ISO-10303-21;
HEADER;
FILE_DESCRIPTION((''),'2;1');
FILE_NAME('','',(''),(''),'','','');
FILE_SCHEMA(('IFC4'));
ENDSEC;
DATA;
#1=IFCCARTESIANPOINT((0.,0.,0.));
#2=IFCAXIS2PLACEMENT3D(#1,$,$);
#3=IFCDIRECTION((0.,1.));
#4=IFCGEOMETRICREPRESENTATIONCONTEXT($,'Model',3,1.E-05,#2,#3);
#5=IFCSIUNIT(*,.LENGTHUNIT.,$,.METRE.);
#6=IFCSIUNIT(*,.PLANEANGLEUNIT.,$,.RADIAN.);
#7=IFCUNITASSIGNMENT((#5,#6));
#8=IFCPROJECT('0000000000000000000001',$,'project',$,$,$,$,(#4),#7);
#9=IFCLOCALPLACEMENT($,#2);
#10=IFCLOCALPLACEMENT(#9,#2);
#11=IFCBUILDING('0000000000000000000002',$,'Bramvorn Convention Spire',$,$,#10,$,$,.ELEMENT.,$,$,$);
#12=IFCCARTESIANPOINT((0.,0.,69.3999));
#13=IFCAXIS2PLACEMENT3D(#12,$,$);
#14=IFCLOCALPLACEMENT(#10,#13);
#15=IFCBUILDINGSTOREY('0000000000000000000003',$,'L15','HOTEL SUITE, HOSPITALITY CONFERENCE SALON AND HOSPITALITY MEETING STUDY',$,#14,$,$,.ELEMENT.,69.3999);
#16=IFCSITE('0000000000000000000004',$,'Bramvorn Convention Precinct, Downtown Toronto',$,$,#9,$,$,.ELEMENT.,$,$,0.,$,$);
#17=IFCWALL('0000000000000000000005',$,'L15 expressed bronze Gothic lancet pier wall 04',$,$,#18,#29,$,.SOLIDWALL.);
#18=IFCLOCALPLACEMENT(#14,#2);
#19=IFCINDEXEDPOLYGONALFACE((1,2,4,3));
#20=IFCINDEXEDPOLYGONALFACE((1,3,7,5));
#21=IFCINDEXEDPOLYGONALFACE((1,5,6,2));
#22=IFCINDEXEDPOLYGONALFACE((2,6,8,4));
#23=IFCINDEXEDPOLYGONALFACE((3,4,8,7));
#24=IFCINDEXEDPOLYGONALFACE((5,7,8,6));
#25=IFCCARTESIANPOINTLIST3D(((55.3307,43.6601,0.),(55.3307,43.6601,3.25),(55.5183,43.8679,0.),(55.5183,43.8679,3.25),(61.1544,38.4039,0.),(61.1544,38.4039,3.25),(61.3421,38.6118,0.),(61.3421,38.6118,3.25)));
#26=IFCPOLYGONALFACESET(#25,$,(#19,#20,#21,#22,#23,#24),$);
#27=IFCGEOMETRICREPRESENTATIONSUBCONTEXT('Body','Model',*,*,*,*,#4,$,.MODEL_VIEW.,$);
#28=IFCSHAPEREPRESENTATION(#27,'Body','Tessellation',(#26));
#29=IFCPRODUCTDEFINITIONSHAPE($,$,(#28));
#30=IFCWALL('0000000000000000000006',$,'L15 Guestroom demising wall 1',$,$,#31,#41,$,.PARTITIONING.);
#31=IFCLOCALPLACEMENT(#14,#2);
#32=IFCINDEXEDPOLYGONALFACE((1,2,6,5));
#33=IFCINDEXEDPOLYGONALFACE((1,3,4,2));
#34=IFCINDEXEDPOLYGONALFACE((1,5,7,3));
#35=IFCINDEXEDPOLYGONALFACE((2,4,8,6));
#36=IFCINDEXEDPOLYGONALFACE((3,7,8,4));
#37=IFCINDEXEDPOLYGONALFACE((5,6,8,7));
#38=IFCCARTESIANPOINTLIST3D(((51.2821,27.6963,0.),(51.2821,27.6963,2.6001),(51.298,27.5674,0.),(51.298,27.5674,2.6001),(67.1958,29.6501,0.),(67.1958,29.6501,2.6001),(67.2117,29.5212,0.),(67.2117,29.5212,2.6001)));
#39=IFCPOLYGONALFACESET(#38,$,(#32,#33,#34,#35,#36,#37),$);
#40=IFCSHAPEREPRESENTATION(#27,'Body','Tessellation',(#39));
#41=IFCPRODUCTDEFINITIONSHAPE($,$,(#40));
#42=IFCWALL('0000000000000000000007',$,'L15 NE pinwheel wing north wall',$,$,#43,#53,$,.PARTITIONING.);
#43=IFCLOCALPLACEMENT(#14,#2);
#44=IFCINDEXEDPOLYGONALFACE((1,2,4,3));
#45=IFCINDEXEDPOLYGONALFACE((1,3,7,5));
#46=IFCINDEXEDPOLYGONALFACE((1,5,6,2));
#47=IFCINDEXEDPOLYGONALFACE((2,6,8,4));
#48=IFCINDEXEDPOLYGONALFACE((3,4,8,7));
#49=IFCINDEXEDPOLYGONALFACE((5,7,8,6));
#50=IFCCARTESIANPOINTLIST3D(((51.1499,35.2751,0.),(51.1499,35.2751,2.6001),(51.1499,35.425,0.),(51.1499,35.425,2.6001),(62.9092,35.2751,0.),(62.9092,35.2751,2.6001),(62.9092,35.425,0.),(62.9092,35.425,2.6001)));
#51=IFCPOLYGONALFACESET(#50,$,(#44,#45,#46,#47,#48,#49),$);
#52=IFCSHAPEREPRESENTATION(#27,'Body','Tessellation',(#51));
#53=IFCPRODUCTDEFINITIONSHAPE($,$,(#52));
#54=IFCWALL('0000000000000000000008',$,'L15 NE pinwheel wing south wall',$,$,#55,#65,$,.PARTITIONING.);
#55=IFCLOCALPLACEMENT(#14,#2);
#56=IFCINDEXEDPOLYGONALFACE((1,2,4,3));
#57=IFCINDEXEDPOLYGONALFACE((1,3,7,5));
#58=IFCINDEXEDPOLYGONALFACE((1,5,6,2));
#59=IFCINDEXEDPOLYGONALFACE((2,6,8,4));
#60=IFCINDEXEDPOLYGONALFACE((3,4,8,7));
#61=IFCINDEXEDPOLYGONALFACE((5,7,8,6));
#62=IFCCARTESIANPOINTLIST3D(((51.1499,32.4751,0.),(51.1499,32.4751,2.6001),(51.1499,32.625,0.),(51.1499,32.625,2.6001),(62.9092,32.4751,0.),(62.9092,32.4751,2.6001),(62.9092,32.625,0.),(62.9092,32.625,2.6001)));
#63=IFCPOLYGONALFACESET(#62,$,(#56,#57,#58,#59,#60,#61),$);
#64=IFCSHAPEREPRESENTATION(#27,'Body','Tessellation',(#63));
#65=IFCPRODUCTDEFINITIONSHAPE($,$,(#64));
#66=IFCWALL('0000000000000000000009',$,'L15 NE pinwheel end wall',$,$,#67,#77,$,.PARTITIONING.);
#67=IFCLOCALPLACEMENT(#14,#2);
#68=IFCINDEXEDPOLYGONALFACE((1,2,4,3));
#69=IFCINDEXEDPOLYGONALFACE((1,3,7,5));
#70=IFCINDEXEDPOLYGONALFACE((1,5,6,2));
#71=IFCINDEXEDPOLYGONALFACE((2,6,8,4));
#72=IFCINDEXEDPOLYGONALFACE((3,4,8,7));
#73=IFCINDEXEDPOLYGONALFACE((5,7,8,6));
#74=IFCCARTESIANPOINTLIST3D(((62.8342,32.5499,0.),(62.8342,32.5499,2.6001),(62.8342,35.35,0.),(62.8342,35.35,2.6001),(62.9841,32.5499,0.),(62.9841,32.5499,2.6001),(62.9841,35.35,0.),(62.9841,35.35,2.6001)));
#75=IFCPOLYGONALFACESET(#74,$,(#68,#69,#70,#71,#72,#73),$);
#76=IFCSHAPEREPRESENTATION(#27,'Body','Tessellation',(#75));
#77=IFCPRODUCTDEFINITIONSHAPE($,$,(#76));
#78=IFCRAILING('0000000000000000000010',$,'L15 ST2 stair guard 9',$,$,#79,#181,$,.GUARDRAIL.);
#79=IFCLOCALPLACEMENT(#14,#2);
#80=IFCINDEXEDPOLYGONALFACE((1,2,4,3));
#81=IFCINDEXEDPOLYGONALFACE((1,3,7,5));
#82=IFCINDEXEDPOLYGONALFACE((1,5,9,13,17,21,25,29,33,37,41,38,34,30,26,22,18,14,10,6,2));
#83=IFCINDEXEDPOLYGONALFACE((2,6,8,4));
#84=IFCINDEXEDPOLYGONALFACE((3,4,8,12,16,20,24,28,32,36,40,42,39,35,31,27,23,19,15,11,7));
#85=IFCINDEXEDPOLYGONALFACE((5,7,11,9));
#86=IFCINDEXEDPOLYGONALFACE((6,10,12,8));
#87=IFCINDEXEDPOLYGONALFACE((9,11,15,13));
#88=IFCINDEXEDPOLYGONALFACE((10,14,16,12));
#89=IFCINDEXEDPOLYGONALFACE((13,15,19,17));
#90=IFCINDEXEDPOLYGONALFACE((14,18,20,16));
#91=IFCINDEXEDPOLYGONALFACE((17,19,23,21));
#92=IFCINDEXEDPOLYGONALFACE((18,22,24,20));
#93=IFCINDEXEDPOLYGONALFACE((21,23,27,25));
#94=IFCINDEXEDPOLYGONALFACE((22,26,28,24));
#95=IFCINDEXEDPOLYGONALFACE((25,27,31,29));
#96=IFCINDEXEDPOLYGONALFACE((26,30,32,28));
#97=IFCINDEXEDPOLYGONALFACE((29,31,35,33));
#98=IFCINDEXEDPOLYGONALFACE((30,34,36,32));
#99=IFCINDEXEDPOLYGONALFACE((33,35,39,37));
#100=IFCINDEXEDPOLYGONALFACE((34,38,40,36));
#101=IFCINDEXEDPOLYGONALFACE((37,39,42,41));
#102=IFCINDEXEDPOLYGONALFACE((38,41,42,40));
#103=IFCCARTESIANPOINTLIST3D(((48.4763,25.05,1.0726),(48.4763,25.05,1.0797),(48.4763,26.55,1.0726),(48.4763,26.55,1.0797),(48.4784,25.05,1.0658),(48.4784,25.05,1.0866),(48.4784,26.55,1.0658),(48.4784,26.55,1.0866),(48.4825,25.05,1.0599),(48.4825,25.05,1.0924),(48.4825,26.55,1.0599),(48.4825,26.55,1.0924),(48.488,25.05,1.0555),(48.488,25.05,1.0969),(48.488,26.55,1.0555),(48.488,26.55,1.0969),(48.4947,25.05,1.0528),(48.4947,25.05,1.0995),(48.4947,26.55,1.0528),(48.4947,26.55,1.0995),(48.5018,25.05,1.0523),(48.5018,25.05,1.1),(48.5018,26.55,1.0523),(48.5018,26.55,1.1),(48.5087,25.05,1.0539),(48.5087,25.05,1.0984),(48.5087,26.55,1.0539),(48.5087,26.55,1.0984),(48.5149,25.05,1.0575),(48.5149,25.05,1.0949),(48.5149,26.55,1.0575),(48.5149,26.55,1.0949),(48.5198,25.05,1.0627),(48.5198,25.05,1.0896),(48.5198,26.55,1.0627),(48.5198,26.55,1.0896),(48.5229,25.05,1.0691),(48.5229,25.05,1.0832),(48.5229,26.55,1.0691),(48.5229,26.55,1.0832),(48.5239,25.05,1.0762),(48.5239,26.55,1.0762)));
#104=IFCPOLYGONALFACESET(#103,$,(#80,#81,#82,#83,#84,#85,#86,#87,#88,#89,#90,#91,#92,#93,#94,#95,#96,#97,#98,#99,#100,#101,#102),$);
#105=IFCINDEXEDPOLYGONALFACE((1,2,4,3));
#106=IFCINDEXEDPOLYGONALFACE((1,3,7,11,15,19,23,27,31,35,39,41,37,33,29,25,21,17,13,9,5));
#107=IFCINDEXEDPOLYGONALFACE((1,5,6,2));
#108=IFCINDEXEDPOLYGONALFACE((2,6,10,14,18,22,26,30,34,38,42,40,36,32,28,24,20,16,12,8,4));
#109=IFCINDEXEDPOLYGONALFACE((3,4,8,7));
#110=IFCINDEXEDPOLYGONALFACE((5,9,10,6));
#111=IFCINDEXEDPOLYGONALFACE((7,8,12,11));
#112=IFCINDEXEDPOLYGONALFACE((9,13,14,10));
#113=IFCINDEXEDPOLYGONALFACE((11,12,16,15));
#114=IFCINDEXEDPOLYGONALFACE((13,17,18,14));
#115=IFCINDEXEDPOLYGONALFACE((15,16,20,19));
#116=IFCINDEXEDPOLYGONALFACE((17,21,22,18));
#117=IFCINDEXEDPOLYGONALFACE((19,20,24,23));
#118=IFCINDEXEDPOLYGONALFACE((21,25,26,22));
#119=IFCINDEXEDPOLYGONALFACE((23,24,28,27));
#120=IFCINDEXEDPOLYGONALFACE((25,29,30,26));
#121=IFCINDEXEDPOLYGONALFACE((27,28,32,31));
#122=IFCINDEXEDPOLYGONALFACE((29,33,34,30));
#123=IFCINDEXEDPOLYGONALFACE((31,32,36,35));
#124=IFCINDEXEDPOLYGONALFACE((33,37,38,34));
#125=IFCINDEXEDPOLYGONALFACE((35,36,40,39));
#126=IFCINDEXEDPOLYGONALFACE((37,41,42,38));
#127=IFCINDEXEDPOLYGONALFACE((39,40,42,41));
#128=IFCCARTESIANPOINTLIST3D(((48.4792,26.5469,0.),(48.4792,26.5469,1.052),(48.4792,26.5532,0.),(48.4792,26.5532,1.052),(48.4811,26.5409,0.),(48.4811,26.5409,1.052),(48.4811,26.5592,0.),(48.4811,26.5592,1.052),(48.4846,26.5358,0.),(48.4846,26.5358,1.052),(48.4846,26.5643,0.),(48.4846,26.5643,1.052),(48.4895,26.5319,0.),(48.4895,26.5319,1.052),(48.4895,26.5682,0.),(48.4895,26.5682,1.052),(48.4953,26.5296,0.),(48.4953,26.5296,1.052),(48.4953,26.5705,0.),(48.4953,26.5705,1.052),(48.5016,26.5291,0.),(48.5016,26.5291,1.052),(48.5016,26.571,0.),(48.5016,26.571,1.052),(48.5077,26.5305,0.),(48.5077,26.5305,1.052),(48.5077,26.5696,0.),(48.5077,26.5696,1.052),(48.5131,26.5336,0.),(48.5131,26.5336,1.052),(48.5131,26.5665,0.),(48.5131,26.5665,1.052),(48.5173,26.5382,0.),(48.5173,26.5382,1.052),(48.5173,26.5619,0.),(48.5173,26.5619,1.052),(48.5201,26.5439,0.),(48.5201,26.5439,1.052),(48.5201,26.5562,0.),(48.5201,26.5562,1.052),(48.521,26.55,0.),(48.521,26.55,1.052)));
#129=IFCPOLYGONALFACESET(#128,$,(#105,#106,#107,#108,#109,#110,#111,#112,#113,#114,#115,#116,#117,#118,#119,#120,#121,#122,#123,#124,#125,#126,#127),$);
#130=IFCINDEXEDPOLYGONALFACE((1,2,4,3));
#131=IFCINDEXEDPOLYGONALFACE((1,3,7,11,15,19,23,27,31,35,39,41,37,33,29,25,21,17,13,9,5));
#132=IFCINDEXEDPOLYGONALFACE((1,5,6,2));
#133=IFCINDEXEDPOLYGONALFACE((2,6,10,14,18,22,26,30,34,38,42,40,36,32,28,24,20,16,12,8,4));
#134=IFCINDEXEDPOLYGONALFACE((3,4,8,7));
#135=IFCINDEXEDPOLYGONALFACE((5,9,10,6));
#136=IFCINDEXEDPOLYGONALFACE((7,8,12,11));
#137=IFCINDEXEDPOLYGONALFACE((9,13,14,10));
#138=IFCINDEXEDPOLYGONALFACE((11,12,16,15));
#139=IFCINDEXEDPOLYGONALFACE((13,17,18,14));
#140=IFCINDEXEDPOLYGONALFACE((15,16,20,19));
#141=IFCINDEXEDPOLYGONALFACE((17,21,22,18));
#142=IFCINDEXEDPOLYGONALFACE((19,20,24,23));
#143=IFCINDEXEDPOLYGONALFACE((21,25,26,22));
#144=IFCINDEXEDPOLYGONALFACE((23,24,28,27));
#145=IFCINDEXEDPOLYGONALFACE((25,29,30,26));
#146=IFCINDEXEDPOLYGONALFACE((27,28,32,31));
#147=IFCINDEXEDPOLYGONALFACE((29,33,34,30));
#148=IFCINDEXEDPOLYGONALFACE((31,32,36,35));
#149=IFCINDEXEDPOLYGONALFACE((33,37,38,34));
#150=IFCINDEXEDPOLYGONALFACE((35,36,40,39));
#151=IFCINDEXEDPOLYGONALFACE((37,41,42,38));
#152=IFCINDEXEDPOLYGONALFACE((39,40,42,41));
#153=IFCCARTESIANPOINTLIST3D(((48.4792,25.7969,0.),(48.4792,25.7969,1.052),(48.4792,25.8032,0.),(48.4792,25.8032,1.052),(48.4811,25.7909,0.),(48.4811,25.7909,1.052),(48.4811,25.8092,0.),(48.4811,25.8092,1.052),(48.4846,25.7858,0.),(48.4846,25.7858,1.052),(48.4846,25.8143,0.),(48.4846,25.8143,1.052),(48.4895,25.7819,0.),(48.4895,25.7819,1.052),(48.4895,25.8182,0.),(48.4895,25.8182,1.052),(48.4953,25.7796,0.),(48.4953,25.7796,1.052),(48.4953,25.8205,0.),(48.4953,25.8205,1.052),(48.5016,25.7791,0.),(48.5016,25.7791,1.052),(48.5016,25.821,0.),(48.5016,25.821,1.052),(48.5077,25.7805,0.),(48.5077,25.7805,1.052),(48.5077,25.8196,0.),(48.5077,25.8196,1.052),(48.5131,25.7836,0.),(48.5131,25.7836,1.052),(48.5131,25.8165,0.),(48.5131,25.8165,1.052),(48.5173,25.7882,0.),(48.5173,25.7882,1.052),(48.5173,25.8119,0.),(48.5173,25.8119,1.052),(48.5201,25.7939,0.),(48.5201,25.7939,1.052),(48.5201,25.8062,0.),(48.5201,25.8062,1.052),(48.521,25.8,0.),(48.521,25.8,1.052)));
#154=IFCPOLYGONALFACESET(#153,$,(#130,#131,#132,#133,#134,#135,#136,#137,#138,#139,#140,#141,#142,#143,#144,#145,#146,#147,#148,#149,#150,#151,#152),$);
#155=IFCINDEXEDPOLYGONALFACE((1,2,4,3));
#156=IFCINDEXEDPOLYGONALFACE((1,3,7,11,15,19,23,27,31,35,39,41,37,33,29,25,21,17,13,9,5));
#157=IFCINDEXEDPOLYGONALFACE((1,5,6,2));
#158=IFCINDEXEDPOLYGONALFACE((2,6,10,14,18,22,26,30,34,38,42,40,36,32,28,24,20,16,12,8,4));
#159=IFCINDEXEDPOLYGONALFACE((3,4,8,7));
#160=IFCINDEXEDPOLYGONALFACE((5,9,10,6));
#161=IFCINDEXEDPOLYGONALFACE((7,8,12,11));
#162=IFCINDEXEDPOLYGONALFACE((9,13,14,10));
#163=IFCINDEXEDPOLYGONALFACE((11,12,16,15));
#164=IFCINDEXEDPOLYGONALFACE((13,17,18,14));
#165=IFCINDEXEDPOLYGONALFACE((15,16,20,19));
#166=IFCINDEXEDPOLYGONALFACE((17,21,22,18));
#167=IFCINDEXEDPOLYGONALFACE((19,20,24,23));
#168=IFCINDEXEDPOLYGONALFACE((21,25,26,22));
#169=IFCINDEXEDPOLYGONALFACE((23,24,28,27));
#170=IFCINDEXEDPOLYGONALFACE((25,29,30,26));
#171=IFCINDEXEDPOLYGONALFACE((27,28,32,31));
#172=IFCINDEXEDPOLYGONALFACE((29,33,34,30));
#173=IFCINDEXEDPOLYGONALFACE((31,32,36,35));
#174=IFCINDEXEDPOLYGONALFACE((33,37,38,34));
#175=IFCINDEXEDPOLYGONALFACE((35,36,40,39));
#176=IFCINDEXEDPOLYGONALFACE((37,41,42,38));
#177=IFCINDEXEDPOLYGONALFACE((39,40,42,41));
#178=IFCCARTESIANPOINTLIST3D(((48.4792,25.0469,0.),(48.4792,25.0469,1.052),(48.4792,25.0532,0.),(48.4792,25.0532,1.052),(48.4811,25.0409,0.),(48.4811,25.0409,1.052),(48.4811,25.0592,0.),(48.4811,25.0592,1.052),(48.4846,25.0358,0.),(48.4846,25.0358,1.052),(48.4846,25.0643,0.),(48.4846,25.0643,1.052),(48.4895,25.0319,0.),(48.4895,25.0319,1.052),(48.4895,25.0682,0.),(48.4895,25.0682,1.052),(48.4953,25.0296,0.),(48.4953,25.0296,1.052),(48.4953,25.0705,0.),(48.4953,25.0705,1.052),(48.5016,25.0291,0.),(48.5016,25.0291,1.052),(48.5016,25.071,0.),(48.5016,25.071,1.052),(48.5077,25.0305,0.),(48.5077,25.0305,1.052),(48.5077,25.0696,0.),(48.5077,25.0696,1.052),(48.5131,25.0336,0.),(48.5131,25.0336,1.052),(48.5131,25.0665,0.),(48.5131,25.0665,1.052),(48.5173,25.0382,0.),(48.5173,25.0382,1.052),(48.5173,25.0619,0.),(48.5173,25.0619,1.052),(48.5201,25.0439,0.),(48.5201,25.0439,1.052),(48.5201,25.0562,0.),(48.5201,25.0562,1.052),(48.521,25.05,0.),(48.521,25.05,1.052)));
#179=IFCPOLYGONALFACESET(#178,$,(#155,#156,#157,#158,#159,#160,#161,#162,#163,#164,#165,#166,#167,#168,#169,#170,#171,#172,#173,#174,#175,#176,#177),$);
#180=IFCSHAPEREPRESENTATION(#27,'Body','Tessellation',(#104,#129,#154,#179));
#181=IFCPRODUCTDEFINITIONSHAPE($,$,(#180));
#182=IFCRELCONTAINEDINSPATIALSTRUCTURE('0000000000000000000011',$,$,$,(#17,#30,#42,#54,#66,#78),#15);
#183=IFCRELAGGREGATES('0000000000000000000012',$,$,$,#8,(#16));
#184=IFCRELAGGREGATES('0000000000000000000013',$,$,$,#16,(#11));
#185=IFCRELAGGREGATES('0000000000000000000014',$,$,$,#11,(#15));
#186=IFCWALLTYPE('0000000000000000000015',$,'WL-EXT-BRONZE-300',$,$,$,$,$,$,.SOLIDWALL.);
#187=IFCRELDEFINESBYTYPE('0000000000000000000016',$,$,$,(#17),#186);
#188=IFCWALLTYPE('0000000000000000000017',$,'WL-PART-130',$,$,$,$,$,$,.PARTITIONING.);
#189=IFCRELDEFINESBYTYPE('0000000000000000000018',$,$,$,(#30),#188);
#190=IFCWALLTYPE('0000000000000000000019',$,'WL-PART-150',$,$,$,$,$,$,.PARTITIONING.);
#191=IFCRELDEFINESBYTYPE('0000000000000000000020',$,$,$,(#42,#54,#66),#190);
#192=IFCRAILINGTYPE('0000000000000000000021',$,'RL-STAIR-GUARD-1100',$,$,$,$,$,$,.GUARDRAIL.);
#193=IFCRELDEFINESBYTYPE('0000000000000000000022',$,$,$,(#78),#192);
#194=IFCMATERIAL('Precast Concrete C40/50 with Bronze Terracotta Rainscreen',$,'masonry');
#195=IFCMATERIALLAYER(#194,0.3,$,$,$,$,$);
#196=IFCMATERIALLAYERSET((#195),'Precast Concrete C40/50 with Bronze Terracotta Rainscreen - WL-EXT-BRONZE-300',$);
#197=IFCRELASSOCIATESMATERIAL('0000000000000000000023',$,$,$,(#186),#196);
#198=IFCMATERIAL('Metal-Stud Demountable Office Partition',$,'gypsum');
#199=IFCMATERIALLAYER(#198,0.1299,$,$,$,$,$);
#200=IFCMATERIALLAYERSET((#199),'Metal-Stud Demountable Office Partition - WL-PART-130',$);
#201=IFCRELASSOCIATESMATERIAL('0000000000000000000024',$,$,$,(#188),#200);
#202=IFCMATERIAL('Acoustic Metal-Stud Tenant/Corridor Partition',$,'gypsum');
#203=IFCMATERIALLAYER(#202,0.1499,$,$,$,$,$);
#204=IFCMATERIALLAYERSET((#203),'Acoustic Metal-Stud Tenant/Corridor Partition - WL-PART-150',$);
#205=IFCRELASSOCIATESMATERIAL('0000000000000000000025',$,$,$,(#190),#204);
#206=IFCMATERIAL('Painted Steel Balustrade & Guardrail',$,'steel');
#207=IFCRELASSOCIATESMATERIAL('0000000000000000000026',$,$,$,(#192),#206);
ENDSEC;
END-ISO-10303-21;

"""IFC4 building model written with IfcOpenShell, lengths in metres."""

from ifc_helpers import new_model, si_unit, direction, frame, frame_2d, origin, origin_2d, place, context, subcontext, project, spatial, rectangle, circle, extrude, material, layer, layer_set, type_object, element, save


model = new_model("IFC4")

# Units and contexts
model_context = context("Model", 3, precision=1e-05, world=origin(), true_north=direction((0.0, 1.0)))
body_context = subcontext(model_context, "Body", "Model", "MODEL_VIEW")
ifc_project = project(units=[si_unit("LENGTHUNIT", "METRE"), si_unit("PLANEANGLEUNIT", "RADIAN")], contexts=[model_context])

# Site, building, storey
site_placement = place(None, origin())
site = spatial("IfcSite", under=ifc_project, at=site_placement, Name="Bramvorn Convention Precinct, Downtown Toronto", CompositionType="ELEMENT", RefElevation=0.0)
building_placement = place(site_placement, origin())
building = spatial("IfcBuilding", under=site, at=building_placement, Name="Bramvorn Convention Spire", CompositionType="ELEMENT")
storey_placement = place(building_placement, frame((0.0, 0.0, 69.3999)))
storey = spatial("IfcBuildingStorey", under=building, at=storey_placement, Name="L15", Description="HOTEL SUITE, HOSPITALITY CONFERENCE SALON AND HOSPITALITY MEETING STUDY", CompositionType="ELEMENT", Elevation=69.3999)

# Walls
ifc_material_1 = material(Name="Precast Concrete C40/50 with Bronze Terracotta Rainscreen", Category="masonry")
ifc_layer_1 = layer(ifc_material_1, 0.3)
ifc_layer_set_1 = layer_set([ifc_layer_1], Name="Precast Concrete C40/50 with Bronze Terracotta Rainscreen - WL-EXT-BRONZE-300")
wall_type_1 = type_object("IfcWallType", Name="WL-EXT-BRONZE-300", PredefinedType="SOLIDWALL", material=ifc_layer_set_1)
wall_1_placement = place(storey_placement, frame((55.4246, 43.7639, 0.0), z_axis=(0.0, 0.0, 1.0), x_axis=(0.742359, -0.670003, 0.0)))
element("IfcWall", 1, at=wall_1_placement, inside=storey, type_object=wall_type_1, Name="L15 expressed bronze Gothic lancet pier wall 04", PredefinedType="SOLIDWALL", context=body_context, shape_type="SweptSolid", body=[
    extrude(rectangle(XDim=7.845, YDim=0.28, at=frame_2d((3.9224, 0.0))), origin(), (0.0, 0.0, 1.0), 3.25),
])
ifc_material_2 = material(Name="Metal-Stud Demountable Office Partition", Category="gypsum")
ifc_layer_2 = layer(ifc_material_2, 0.1299)
ifc_layer_set_2 = layer_set([ifc_layer_2], Name="Metal-Stud Demountable Office Partition - WL-PART-130")
wall_type_2 = type_object("IfcWallType", Name="WL-PART-130", PredefinedType="PARTITIONING", material=ifc_layer_set_2)
wall_2_placement = place(storey_placement, frame((51.29, 27.6318, 0.0), z_axis=(0.0, 0.0, 1.0), x_axis=(0.992547, 0.121862, 0.0)))
element("IfcWall", 2, at=wall_2_placement, inside=storey, type_object=wall_type_2, Name="L15 Guestroom demising wall 1", PredefinedType="PARTITIONING", context=body_context, shape_type="SweptSolid", body=[
    extrude(rectangle(XDim=16.0332, YDim=0.1299, at=frame_2d((8.0166, 0.0))), origin(), (0.0, 0.0, 1.0), 2.6001),
])
ifc_material_3 = material(Name="Acoustic Metal-Stud Tenant/Corridor Partition", Category="gypsum")
ifc_layer_3 = layer(ifc_material_3, 0.1499)
ifc_layer_set_3 = layer_set([ifc_layer_3], Name="Acoustic Metal-Stud Tenant/Corridor Partition - WL-PART-150")
wall_type_3 = type_object("IfcWallType", Name="WL-PART-150", PredefinedType="PARTITIONING", material=ifc_layer_set_3)
for number, where, z_axis, x_axis, name in (
    (3, (51.1499, 35.3501, 0.0), (0.0, 0.0, 1.0), (1.0, 0.0, 0.0), "L15 NE pinwheel wing north wall"),
    (4, (51.1499, 32.55, 0.0), (0.0, 0.0, 1.0), (1.0, 0.0, 0.0), "L15 NE pinwheel wing south wall"),
):
    element("IfcWall", number, at=place(storey_placement, frame(where, z_axis=z_axis, x_axis=x_axis)), inside=storey, type_object=wall_type_3, Name=name, PredefinedType="PARTITIONING", context=body_context, shape_type="SweptSolid", body=[
        extrude(rectangle(XDim=11.7593, YDim=0.1499, at=frame_2d((5.8796, 0.0))), origin(), (0.0, 0.0, 1.0), 2.6001),
    ])
wall_3_placement = place(storey_placement, frame((62.9092, 32.55, 0.0), z_axis=(0.0, 0.0, 1.0), x_axis=(0.0, 1.0, 0.0)))
element("IfcWall", 5, at=wall_3_placement, inside=storey, type_object=wall_type_3, Name="L15 NE pinwheel end wall", PredefinedType="PARTITIONING", context=body_context, shape_type="SweptSolid", body=[
    extrude(rectangle(XDim=2.8, YDim=0.1499, at=frame_2d((1.3999, 0.0))), origin(), (0.0, 0.0, 1.0), 2.6001),
])

# Railing
ifc_material_4 = material(Name="Painted Steel Balustrade & Guardrail", Category="steel")
railing_type = type_object("IfcRailingType", Name="RL-STAIR-GUARD-1100", PredefinedType="GUARDRAIL", material=ifc_material_4)
railing_1_placement = place(storey_placement, frame((48.5, 26.55, 0.0)))
element("IfcRailing", 6, at=railing_1_placement, inside=storey, type_object=railing_type, Name="L15 ST2 stair guard 9", PredefinedType="GUARDRAIL", context=body_context, shape_type="SweptSolid", body=[
    extrude(circle(Radius=0.0239, at=origin_2d()), frame((0.0, 0.0, 1.0762), z_axis=(0.0, -1.0, 0.0), x_axis=(1.0, 0.0, 0.0)), (0.0, 0.0, 1.0), 1.5),
    extrude(circle(Radius=0.021, at=origin_2d()), origin(), (0.0, 0.0, 1.0), 1.052),
    extrude(circle(Radius=0.021, at=origin_2d()), frame((0.0, -0.75, 0.0)), (0.0, 0.0, 1.0), 1.052),
    extrude(circle(Radius=0.021, at=origin_2d()), frame((0.0, -1.5, 0.0)), (0.0, 0.0, 1.0), 1.052),
])

save(model, "model.ifc")
